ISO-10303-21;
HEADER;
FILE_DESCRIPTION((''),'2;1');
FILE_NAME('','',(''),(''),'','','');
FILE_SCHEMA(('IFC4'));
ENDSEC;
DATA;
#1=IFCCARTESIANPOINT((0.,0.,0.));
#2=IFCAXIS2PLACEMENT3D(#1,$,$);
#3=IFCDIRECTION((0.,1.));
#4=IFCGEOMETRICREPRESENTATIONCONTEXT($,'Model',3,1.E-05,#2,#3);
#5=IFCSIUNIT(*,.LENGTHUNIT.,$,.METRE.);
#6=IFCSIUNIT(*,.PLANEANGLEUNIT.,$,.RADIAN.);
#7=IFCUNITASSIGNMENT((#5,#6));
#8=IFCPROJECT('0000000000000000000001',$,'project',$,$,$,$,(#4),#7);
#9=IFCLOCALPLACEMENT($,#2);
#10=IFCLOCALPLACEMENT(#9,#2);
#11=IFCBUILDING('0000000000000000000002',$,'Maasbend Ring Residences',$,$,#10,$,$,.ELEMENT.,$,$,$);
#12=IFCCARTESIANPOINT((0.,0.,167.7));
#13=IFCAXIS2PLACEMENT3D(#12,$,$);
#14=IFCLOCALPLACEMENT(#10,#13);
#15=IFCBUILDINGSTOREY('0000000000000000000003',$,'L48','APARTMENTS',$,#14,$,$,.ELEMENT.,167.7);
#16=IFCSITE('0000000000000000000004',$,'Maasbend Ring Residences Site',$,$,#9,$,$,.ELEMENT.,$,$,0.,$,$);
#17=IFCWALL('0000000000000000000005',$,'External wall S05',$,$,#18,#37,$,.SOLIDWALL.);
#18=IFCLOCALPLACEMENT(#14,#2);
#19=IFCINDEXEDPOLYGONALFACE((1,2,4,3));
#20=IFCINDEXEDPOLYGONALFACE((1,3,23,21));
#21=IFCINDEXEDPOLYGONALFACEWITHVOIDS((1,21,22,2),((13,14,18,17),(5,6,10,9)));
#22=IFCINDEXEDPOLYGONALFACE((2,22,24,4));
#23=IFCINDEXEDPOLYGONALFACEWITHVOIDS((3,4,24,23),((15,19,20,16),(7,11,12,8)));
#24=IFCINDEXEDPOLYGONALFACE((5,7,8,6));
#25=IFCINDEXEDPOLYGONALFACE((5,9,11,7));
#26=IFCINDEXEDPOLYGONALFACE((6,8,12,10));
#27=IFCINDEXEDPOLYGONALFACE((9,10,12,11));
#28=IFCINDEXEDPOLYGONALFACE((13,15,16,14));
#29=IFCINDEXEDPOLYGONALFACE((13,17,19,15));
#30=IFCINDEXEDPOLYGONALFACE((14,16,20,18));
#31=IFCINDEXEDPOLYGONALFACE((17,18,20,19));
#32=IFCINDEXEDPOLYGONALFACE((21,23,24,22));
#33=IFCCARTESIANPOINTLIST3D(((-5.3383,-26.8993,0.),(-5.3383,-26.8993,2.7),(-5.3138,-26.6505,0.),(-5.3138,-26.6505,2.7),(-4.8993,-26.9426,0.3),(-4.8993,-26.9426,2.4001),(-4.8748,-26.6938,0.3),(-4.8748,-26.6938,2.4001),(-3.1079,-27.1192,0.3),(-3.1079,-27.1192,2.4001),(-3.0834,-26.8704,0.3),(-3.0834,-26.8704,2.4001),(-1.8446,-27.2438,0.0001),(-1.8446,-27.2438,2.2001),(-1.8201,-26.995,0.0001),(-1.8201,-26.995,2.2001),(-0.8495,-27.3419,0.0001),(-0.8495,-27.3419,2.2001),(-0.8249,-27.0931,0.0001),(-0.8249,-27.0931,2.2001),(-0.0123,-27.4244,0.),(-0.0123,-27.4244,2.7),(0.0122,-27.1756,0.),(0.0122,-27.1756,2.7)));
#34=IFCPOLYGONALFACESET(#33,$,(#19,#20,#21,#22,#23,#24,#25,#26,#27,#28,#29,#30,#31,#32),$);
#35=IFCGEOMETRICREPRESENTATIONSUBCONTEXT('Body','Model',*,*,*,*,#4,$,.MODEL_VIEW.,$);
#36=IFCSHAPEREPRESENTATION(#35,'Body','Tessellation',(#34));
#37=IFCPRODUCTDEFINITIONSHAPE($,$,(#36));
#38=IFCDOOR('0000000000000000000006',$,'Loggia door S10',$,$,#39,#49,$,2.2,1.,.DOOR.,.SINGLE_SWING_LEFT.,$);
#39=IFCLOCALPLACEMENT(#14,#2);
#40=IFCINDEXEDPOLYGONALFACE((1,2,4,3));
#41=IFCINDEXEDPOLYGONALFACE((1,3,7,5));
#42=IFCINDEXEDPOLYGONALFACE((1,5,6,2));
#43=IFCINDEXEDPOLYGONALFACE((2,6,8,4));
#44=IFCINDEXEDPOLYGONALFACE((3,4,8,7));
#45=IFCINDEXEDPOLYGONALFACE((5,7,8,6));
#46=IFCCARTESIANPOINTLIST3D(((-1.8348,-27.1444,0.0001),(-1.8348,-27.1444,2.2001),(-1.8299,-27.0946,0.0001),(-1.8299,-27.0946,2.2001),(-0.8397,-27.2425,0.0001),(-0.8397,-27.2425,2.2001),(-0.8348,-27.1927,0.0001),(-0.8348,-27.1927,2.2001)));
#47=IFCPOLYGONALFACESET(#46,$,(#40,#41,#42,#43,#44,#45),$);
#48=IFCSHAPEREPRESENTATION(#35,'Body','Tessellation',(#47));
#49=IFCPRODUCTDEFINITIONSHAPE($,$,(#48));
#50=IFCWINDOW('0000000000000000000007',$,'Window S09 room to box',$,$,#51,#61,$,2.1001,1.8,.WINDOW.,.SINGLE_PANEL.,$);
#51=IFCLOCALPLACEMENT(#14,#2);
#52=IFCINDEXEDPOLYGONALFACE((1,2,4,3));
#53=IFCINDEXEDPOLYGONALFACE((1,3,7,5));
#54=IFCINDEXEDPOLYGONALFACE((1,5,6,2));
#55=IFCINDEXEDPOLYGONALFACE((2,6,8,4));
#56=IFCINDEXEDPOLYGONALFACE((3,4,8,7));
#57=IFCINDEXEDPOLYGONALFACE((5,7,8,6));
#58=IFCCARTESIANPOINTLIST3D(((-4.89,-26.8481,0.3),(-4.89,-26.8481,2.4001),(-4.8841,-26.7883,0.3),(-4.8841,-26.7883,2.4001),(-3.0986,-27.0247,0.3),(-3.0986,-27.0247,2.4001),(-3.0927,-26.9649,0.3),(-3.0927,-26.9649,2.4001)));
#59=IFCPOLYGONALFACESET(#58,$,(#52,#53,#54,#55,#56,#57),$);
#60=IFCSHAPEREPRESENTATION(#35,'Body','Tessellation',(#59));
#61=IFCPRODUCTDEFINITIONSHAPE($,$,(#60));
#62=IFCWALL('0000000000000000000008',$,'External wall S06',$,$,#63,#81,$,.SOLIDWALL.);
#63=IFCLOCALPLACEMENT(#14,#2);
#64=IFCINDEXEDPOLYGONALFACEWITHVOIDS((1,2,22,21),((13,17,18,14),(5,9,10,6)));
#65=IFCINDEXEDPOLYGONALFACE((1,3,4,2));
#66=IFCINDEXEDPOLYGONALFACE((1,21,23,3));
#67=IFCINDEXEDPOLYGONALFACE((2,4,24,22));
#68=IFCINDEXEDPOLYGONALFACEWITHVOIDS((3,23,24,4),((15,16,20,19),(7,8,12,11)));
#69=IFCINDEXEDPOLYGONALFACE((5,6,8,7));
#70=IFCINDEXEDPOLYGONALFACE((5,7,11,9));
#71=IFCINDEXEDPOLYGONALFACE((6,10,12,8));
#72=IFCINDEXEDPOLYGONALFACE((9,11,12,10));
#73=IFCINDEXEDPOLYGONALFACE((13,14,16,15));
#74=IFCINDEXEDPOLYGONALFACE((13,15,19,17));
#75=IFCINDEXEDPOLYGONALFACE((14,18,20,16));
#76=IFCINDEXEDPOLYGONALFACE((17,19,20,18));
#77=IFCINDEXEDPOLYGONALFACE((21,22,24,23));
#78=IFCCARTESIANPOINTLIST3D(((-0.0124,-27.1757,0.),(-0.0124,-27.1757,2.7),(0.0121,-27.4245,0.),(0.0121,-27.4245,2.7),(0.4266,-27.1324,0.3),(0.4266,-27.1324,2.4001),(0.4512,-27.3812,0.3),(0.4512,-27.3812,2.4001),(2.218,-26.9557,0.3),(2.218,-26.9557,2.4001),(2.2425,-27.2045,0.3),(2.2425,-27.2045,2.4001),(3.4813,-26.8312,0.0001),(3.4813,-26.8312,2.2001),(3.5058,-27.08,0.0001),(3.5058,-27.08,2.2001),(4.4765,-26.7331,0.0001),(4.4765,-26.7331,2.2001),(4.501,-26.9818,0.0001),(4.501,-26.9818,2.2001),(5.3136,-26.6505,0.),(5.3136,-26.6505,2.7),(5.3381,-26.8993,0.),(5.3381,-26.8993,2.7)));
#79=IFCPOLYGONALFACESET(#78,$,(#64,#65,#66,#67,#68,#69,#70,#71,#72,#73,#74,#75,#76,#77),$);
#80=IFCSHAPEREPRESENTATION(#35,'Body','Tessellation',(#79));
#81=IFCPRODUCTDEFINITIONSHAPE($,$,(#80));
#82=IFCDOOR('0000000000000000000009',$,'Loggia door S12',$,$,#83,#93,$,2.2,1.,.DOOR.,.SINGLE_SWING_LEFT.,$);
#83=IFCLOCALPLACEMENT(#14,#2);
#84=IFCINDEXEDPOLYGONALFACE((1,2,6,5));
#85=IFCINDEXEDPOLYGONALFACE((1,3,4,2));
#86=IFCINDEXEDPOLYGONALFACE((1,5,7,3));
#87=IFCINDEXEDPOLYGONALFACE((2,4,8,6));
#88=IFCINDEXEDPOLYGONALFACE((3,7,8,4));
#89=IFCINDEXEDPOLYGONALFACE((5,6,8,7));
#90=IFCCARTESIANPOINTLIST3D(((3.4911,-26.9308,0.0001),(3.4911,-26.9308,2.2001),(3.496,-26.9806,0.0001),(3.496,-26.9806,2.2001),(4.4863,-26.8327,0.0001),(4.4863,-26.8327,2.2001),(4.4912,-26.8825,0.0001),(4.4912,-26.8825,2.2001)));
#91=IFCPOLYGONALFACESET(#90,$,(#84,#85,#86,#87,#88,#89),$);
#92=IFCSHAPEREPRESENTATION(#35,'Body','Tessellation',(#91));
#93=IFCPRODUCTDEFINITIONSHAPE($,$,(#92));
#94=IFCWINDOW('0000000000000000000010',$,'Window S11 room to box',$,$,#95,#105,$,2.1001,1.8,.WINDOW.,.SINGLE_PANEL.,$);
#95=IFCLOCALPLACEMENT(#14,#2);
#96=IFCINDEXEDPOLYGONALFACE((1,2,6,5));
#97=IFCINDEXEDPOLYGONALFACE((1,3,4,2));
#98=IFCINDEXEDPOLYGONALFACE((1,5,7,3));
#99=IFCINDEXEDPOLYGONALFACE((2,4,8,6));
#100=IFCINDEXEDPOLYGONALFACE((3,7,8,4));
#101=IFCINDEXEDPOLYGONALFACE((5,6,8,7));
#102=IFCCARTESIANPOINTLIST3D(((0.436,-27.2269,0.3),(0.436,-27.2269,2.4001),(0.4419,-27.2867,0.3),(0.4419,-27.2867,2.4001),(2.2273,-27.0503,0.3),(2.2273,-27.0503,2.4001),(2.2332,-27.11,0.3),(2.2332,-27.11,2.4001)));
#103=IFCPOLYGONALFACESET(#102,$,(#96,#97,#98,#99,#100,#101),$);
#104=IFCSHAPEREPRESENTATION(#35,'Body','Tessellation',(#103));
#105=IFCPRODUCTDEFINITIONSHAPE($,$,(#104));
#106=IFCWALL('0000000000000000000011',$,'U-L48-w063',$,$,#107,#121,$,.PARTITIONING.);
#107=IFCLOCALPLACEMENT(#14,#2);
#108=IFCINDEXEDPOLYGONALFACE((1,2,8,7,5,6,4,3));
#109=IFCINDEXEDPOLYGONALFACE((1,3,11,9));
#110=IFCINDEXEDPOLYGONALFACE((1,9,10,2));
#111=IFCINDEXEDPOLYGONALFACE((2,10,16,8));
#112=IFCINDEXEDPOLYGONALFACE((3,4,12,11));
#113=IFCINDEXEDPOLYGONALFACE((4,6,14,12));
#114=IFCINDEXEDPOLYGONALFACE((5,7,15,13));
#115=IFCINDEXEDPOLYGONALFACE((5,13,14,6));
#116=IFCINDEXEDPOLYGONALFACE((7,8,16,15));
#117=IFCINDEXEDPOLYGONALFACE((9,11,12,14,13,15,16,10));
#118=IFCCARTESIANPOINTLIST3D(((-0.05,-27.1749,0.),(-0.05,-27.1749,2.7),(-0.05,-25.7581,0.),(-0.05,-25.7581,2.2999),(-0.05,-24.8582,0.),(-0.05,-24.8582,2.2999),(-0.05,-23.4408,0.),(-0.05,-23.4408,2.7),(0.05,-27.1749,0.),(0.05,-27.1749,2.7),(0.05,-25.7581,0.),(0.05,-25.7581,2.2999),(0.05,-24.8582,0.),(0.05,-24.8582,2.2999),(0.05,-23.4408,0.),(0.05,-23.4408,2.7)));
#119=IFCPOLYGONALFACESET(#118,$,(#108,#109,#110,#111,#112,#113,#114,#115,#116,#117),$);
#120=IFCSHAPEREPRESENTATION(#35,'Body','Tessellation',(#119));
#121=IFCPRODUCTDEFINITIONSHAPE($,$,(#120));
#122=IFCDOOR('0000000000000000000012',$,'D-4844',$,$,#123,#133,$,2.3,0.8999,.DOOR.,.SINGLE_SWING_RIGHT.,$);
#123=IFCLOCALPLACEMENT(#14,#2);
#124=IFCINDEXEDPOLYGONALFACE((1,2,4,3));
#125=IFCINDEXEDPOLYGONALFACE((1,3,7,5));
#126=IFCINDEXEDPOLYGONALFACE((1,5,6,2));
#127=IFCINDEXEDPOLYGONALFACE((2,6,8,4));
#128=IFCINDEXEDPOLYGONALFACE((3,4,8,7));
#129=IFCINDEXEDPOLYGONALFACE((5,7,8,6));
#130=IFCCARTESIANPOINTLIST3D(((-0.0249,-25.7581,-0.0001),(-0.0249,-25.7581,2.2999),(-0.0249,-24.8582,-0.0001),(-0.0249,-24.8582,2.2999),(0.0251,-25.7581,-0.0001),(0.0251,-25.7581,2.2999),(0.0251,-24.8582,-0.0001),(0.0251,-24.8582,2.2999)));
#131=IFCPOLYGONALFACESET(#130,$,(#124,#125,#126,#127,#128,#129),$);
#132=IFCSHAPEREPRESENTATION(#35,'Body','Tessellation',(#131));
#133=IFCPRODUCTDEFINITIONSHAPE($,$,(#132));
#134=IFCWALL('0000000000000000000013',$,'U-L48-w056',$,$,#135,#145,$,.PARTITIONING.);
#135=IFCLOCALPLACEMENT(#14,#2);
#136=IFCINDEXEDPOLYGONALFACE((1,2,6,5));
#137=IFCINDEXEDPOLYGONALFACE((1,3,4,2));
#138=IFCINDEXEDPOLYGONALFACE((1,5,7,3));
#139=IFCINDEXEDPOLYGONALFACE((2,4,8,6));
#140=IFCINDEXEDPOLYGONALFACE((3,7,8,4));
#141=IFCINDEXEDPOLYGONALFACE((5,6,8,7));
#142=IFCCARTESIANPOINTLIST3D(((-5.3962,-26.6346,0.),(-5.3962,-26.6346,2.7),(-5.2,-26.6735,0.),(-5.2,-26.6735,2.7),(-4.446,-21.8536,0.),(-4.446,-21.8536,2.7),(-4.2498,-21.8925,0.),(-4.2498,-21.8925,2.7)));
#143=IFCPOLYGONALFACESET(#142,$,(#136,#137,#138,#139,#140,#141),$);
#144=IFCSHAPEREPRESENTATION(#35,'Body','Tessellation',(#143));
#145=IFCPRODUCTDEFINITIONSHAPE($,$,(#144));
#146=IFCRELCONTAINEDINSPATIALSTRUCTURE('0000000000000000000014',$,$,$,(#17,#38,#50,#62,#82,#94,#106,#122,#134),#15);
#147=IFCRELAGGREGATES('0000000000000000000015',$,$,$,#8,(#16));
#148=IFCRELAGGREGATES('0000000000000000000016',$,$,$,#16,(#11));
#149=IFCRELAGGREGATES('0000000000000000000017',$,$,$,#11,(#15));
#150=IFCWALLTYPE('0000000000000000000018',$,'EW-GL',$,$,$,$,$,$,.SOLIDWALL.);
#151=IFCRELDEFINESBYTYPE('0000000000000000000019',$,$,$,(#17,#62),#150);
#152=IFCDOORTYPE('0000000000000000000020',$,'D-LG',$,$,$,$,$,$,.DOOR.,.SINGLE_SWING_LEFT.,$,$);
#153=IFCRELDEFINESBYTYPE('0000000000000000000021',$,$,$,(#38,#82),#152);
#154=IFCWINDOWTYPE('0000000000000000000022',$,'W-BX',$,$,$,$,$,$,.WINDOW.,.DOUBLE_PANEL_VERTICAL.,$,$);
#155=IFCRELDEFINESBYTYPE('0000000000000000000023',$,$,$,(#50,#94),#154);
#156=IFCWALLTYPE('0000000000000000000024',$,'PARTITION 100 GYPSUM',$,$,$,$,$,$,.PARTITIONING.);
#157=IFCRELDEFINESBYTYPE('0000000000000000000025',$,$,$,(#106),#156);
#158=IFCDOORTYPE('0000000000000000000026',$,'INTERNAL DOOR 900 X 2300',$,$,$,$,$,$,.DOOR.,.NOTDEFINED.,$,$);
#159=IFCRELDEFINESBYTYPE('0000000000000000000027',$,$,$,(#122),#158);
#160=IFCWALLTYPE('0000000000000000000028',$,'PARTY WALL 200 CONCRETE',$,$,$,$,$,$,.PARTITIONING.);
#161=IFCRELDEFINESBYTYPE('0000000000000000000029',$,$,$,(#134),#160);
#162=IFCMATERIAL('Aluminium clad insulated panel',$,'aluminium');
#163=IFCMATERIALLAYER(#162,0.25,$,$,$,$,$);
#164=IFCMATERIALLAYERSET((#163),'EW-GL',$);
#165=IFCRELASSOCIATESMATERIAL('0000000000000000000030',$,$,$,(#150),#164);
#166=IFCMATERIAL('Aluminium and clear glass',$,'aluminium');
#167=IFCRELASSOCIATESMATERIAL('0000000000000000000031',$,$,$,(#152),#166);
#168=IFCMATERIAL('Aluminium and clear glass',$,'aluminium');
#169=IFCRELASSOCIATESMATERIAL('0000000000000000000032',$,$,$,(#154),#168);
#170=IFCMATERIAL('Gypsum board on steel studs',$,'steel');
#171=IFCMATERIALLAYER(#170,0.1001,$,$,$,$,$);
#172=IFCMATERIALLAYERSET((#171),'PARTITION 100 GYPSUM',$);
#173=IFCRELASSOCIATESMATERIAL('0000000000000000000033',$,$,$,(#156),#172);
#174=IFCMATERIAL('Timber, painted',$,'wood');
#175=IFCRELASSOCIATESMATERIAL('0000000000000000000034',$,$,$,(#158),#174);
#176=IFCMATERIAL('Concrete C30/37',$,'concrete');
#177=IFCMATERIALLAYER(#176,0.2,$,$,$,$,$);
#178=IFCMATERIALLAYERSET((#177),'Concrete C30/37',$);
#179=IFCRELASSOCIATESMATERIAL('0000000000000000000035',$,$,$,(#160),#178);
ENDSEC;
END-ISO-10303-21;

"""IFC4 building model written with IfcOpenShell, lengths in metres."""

from ifc_helpers import new_model, si_unit, direction, frame, frame_2d, origin, place, context, subcontext, project, spatial, rectangle, extrude, material, layer, layer_set, type_object, element, fill, save


model = new_model("IFC4")

# Units and contexts
model_context = context("Model", 3, precision=1e-05, world=origin(), true_north=direction((0.0, 1.0)))
body_context = subcontext(model_context, "Body", "Model", "MODEL_VIEW")
ifc_project = project(units=[si_unit("LENGTHUNIT", "METRE"), si_unit("PLANEANGLEUNIT", "RADIAN")], contexts=[model_context])

# Site, building, storey
site_placement = place(None, origin())
site = spatial("IfcSite", under=ifc_project, at=site_placement, Name="Maasbend Ring Residences Site", CompositionType="ELEMENT", RefElevation=0.0)
building_placement = place(site_placement, origin())
building = spatial("IfcBuilding", under=site, at=building_placement, Name="Maasbend Ring Residences", CompositionType="ELEMENT")
storey_placement = place(building_placement, frame((0.0, 0.0, 167.7)))
storey = spatial("IfcBuildingStorey", under=building, at=storey_placement, Name="L48", Description="APARTMENTS", CompositionType="ELEMENT", Elevation=167.7)

# Walls, openings, doors, windows
ifc_material_1 = material(Name="Aluminium clad insulated panel", Category="aluminium")
ifc_layer_1 = layer(ifc_material_1, 0.25)
ifc_layer_set_1 = layer_set([ifc_layer_1], Name="EW-GL")
wall_type_1 = type_object("IfcWallType", Name="EW-GL", PredefinedType="SOLIDWALL", material=ifc_layer_set_1)
ifc_material_2 = material(Name="Aluminium and clear glass", Category="aluminium")
door_type_1 = type_object("IfcDoorType", Name="D-LG", OperationType="SINGLE_SWING_LEFT", PredefinedType="DOOR", material=ifc_material_2)
ifc_material_3 = material(Name="Aluminium and clear glass", Category="aluminium")
window_type_1 = type_object("IfcWindowType", Name="W-BX", PartitioningType="DOUBLE_PANEL_VERTICAL", PredefinedType="WINDOW", material=ifc_material_3)
wall_1_placement = place(storey_placement, frame((-5.3259, -26.7749, 0.0), z_axis=(0.0, 0.0, 1.0), x_axis=(0.995174, -0.098126, 0.0)))
wall_1 = element("IfcWall", 1, at=wall_1_placement, inside=storey, type_object=wall_type_1, Name="External wall S05", PredefinedType="SOLIDWALL", context=body_context, shape_type="SweptSolid", body=[
    extrude(rectangle(XDim=5.3518, YDim=0.25, at=frame_2d((2.6758, 0.0))), origin(), (0.0, 0.0, 1.0), 2.7),
])
opening_1_placement = place(wall_1_placement, frame((0.4412, 0.0, 0.3)))
opening_1 = element("IfcOpeningElement", 2, at=opening_1_placement, cuts=wall_1, PredefinedType="OPENING", context=body_context, shape_type="SweptSolid", body=[
    extrude(rectangle(XDim=1.8, YDim=2.1001, at=frame_2d((0.8999, 1.05))), frame((0.0, 0.135, 0.0), z_axis=(0.0, -1.0, 0.0), x_axis=(1.0, 0.0, 0.0)), (0.0, 0.0, 1.0), 0.27),
])
opening_2_placement = place(wall_1_placement, frame((3.5105, 0.0, 0.0)))
opening_2 = element("IfcOpeningElement", 3, at=opening_2_placement, cuts=wall_1, PredefinedType="OPENING", context=body_context, shape_type="SweptSolid", body=[
    extrude(rectangle(XDim=1.0, YDim=2.2, at=frame_2d((0.5, 1.1001))), frame((0.0, 0.135, 0.0), z_axis=(0.0, -1.0, 0.0), x_axis=(1.0, 0.0, 0.0)), (0.0, 0.0, 1.0), 0.27),
])
door_1_placement = place(opening_2_placement, origin())
door_1 = element("IfcDoor", 4, at=door_1_placement, inside=storey, type_object=door_type_1, Name="Loggia door S10", OperationType="SINGLE_SWING_LEFT", OverallHeight=2.2, OverallWidth=1.0, PredefinedType="DOOR", context=body_context, shape_type="SweptSolid", body=[
    extrude(rectangle(XDim=1.0, YDim=2.2, at=frame_2d((0.5, 1.1001))), frame((0.0, 0.0249, 0.0), z_axis=(0.0, -1.0, 0.0), x_axis=(1.0, 0.0, 0.0)), (0.0, 0.0, 1.0), 0.05),
])
fill(opening_2, door_1)
window_1_placement = place(opening_1_placement, origin())
window_1 = element("IfcWindow", 5, at=window_1_placement, inside=storey, type_object=window_type_1, Name="Window S09 room to box", OverallHeight=2.1001, OverallWidth=1.8, PartitioningType="SINGLE_PANEL", PredefinedType="WINDOW", context=body_context, shape_type="SweptSolid", body=[
    extrude(rectangle(XDim=1.8, YDim=2.1001, at=frame_2d((0.8999, 1.05))), frame((0.0, 0.03, 0.0), z_axis=(0.0, -1.0, 0.0), x_axis=(1.0, 0.0, 0.0)), (0.0, 0.0, 1.0), 0.0601),
])
fill(opening_1, window_1)
wall_2_placement = place(storey_placement, frame((0.0, -27.3, 0.0), z_axis=(0.0, 0.0, 1.0), x_axis=(0.995174, 0.098126, 0.0)))
wall_2 = element("IfcWall", 6, at=wall_2_placement, inside=storey, type_object=wall_type_1, Name="External wall S06", PredefinedType="SOLIDWALL", context=body_context, shape_type="SweptSolid", body=[
    extrude(rectangle(XDim=5.3518, YDim=0.25, at=frame_2d((2.6758, 0.0))), origin(), (0.0, 0.0, 1.0), 2.7),
])
opening_3_placement = place(wall_2_placement, frame((0.4412, 0.0, 0.3)))
opening_3 = element("IfcOpeningElement", 7, at=opening_3_placement, cuts=wall_2, PredefinedType="OPENING", context=body_context, shape_type="SweptSolid", body=[
    extrude(rectangle(XDim=1.8, YDim=2.1001, at=frame_2d((0.8999, 1.05))), frame((0.0, 0.135, 0.0), z_axis=(0.0, -1.0, 0.0), x_axis=(1.0, 0.0, 0.0)), (0.0, 0.0, 1.0), 0.27),
])
opening_4_placement = place(wall_2_placement, frame((3.5105, 0.0, 0.0)))
opening_4 = element("IfcOpeningElement", 8, at=opening_4_placement, cuts=wall_2, PredefinedType="OPENING", context=body_context, shape_type="SweptSolid", body=[
    extrude(rectangle(XDim=1.0, YDim=2.2, at=frame_2d((0.5, 1.1001))), frame((0.0, 0.135, 0.0), z_axis=(0.0, -1.0, 0.0), x_axis=(1.0, 0.0, 0.0)), (0.0, 0.0, 1.0), 0.27),
])
door_2_placement = place(opening_4_placement, origin())
door_2 = element("IfcDoor", 9, at=door_2_placement, inside=storey, type_object=door_type_1, Name="Loggia door S12", OperationType="SINGLE_SWING_LEFT", OverallHeight=2.2, OverallWidth=1.0, PredefinedType="DOOR", context=body_context, shape_type="SweptSolid", body=[
    extrude(rectangle(XDim=1.0, YDim=2.2, at=frame_2d((0.5, 1.1001))), frame((0.0, 0.0249, 0.0), z_axis=(0.0, -1.0, 0.0), x_axis=(1.0, 0.0, 0.0)), (0.0, 0.0, 1.0), 0.05),
])
fill(opening_4, door_2)
window_2_placement = place(opening_3_placement, origin())
window_2 = element("IfcWindow", 10, at=window_2_placement, inside=storey, type_object=window_type_1, Name="Window S11 room to box", OverallHeight=2.1001, OverallWidth=1.8, PartitioningType="SINGLE_PANEL", PredefinedType="WINDOW", context=body_context, shape_type="SweptSolid", body=[
    extrude(rectangle(XDim=1.8, YDim=2.1001, at=frame_2d((0.8999, 1.05))), frame((0.0, 0.03, 0.0), z_axis=(0.0, -1.0, 0.0), x_axis=(1.0, 0.0, 0.0)), (0.0, 0.0, 1.0), 0.0601),
])
fill(opening_3, window_2)

# Wall, opening, door
ifc_material_4 = material(Name="Gypsum board on steel studs", Category="steel")
ifc_layer_2 = layer(ifc_material_4, 0.1001)
ifc_layer_set_2 = layer_set([ifc_layer_2], Name="PARTITION 100 GYPSUM")
wall_type_2 = type_object("IfcWallType", Name="PARTITION 100 GYPSUM", PredefinedType="PARTITIONING", material=ifc_layer_set_2)
wall_3_placement = place(storey_placement, frame((0.0, -27.175, 0.0), z_axis=(0.0, 0.0, 1.0), x_axis=(0.0, 1.0, 0.0)))
wall_3 = element("IfcWall", 11, at=wall_3_placement, inside=storey, type_object=wall_type_2, Name="U-L48-w063", PredefinedType="PARTITIONING", context=body_context, shape_type="SweptSolid", body=[
    extrude(rectangle(XDim=3.7341, YDim=0.1001, at=frame_2d((1.8672, 0.0))), origin(), (0.0, 0.0, 1.0), 2.7),
])
opening_5_placement = place(wall_3_placement, frame((1.417, 0.0, 0.0)))
opening_5 = element("IfcOpeningElement", 12, at=opening_5_placement, cuts=wall_3, PredefinedType="OPENING", context=body_context, shape_type="SweptSolid", body=[
    extrude(rectangle(XDim=0.8999, YDim=2.3, at=frame_2d((0.45, 1.1499))), frame((0.0, 0.0601, 0.0), z_axis=(0.0, -1.0, 0.0), x_axis=(1.0, 0.0, 0.0)), (0.0, 0.0, 1.0), 0.1201),
])
ifc_material_5 = material(Name="Timber, painted", Category="wood")
door_type_2 = type_object("IfcDoorType", Name="INTERNAL DOOR 900 X 2300", OperationType="NOTDEFINED", PredefinedType="DOOR", material=ifc_material_5)
door_3_placement = place(opening_5_placement, origin())
door_3 = element("IfcDoor", 13, at=door_3_placement, inside=storey, type_object=door_type_2, Name="D-4844", OperationType="SINGLE_SWING_RIGHT", OverallHeight=2.3, OverallWidth=0.8999, PredefinedType="DOOR", context=body_context, shape_type="SweptSolid", body=[
    extrude(rectangle(XDim=0.8999, YDim=2.3, at=frame_2d((0.45, 1.1499))), frame((0.0, 0.0249, 0.0), z_axis=(0.0, -1.0, 0.0), x_axis=(1.0, 0.0, 0.0)), (0.0, 0.0, 1.0), 0.05),
])
fill(opening_5, door_3)

# Wall
ifc_material_6 = material(Name="Concrete C30/37", Category="concrete")
ifc_layer_3 = layer(ifc_material_6, 0.2)
ifc_layer_set_3 = layer_set([ifc_layer_3], Name="Concrete C30/37")
wall_type_3 = type_object("IfcWallType", Name="PARTY WALL 200 CONCRETE", PredefinedType="PARTITIONING", material=ifc_layer_set_3)
wall_4_placement = place(storey_placement, frame((-5.2981, -26.6541, 0.0), z_axis=(0.0, 0.0, 1.0), x_axis=(0.194931, 0.980817, 0.0)))
element("IfcWall", 14, at=wall_4_placement, inside=storey, type_object=wall_type_3, Name="U-L48-w056", PredefinedType="PARTITIONING", context=body_context, shape_type="SweptSolid", body=[
    extrude(rectangle(XDim=4.8745, YDim=0.2, at=frame_2d((2.4373, 0.0))), origin(), (0.0, 0.0, 1.0), 2.7),
])

save(model, "model.ifc")
